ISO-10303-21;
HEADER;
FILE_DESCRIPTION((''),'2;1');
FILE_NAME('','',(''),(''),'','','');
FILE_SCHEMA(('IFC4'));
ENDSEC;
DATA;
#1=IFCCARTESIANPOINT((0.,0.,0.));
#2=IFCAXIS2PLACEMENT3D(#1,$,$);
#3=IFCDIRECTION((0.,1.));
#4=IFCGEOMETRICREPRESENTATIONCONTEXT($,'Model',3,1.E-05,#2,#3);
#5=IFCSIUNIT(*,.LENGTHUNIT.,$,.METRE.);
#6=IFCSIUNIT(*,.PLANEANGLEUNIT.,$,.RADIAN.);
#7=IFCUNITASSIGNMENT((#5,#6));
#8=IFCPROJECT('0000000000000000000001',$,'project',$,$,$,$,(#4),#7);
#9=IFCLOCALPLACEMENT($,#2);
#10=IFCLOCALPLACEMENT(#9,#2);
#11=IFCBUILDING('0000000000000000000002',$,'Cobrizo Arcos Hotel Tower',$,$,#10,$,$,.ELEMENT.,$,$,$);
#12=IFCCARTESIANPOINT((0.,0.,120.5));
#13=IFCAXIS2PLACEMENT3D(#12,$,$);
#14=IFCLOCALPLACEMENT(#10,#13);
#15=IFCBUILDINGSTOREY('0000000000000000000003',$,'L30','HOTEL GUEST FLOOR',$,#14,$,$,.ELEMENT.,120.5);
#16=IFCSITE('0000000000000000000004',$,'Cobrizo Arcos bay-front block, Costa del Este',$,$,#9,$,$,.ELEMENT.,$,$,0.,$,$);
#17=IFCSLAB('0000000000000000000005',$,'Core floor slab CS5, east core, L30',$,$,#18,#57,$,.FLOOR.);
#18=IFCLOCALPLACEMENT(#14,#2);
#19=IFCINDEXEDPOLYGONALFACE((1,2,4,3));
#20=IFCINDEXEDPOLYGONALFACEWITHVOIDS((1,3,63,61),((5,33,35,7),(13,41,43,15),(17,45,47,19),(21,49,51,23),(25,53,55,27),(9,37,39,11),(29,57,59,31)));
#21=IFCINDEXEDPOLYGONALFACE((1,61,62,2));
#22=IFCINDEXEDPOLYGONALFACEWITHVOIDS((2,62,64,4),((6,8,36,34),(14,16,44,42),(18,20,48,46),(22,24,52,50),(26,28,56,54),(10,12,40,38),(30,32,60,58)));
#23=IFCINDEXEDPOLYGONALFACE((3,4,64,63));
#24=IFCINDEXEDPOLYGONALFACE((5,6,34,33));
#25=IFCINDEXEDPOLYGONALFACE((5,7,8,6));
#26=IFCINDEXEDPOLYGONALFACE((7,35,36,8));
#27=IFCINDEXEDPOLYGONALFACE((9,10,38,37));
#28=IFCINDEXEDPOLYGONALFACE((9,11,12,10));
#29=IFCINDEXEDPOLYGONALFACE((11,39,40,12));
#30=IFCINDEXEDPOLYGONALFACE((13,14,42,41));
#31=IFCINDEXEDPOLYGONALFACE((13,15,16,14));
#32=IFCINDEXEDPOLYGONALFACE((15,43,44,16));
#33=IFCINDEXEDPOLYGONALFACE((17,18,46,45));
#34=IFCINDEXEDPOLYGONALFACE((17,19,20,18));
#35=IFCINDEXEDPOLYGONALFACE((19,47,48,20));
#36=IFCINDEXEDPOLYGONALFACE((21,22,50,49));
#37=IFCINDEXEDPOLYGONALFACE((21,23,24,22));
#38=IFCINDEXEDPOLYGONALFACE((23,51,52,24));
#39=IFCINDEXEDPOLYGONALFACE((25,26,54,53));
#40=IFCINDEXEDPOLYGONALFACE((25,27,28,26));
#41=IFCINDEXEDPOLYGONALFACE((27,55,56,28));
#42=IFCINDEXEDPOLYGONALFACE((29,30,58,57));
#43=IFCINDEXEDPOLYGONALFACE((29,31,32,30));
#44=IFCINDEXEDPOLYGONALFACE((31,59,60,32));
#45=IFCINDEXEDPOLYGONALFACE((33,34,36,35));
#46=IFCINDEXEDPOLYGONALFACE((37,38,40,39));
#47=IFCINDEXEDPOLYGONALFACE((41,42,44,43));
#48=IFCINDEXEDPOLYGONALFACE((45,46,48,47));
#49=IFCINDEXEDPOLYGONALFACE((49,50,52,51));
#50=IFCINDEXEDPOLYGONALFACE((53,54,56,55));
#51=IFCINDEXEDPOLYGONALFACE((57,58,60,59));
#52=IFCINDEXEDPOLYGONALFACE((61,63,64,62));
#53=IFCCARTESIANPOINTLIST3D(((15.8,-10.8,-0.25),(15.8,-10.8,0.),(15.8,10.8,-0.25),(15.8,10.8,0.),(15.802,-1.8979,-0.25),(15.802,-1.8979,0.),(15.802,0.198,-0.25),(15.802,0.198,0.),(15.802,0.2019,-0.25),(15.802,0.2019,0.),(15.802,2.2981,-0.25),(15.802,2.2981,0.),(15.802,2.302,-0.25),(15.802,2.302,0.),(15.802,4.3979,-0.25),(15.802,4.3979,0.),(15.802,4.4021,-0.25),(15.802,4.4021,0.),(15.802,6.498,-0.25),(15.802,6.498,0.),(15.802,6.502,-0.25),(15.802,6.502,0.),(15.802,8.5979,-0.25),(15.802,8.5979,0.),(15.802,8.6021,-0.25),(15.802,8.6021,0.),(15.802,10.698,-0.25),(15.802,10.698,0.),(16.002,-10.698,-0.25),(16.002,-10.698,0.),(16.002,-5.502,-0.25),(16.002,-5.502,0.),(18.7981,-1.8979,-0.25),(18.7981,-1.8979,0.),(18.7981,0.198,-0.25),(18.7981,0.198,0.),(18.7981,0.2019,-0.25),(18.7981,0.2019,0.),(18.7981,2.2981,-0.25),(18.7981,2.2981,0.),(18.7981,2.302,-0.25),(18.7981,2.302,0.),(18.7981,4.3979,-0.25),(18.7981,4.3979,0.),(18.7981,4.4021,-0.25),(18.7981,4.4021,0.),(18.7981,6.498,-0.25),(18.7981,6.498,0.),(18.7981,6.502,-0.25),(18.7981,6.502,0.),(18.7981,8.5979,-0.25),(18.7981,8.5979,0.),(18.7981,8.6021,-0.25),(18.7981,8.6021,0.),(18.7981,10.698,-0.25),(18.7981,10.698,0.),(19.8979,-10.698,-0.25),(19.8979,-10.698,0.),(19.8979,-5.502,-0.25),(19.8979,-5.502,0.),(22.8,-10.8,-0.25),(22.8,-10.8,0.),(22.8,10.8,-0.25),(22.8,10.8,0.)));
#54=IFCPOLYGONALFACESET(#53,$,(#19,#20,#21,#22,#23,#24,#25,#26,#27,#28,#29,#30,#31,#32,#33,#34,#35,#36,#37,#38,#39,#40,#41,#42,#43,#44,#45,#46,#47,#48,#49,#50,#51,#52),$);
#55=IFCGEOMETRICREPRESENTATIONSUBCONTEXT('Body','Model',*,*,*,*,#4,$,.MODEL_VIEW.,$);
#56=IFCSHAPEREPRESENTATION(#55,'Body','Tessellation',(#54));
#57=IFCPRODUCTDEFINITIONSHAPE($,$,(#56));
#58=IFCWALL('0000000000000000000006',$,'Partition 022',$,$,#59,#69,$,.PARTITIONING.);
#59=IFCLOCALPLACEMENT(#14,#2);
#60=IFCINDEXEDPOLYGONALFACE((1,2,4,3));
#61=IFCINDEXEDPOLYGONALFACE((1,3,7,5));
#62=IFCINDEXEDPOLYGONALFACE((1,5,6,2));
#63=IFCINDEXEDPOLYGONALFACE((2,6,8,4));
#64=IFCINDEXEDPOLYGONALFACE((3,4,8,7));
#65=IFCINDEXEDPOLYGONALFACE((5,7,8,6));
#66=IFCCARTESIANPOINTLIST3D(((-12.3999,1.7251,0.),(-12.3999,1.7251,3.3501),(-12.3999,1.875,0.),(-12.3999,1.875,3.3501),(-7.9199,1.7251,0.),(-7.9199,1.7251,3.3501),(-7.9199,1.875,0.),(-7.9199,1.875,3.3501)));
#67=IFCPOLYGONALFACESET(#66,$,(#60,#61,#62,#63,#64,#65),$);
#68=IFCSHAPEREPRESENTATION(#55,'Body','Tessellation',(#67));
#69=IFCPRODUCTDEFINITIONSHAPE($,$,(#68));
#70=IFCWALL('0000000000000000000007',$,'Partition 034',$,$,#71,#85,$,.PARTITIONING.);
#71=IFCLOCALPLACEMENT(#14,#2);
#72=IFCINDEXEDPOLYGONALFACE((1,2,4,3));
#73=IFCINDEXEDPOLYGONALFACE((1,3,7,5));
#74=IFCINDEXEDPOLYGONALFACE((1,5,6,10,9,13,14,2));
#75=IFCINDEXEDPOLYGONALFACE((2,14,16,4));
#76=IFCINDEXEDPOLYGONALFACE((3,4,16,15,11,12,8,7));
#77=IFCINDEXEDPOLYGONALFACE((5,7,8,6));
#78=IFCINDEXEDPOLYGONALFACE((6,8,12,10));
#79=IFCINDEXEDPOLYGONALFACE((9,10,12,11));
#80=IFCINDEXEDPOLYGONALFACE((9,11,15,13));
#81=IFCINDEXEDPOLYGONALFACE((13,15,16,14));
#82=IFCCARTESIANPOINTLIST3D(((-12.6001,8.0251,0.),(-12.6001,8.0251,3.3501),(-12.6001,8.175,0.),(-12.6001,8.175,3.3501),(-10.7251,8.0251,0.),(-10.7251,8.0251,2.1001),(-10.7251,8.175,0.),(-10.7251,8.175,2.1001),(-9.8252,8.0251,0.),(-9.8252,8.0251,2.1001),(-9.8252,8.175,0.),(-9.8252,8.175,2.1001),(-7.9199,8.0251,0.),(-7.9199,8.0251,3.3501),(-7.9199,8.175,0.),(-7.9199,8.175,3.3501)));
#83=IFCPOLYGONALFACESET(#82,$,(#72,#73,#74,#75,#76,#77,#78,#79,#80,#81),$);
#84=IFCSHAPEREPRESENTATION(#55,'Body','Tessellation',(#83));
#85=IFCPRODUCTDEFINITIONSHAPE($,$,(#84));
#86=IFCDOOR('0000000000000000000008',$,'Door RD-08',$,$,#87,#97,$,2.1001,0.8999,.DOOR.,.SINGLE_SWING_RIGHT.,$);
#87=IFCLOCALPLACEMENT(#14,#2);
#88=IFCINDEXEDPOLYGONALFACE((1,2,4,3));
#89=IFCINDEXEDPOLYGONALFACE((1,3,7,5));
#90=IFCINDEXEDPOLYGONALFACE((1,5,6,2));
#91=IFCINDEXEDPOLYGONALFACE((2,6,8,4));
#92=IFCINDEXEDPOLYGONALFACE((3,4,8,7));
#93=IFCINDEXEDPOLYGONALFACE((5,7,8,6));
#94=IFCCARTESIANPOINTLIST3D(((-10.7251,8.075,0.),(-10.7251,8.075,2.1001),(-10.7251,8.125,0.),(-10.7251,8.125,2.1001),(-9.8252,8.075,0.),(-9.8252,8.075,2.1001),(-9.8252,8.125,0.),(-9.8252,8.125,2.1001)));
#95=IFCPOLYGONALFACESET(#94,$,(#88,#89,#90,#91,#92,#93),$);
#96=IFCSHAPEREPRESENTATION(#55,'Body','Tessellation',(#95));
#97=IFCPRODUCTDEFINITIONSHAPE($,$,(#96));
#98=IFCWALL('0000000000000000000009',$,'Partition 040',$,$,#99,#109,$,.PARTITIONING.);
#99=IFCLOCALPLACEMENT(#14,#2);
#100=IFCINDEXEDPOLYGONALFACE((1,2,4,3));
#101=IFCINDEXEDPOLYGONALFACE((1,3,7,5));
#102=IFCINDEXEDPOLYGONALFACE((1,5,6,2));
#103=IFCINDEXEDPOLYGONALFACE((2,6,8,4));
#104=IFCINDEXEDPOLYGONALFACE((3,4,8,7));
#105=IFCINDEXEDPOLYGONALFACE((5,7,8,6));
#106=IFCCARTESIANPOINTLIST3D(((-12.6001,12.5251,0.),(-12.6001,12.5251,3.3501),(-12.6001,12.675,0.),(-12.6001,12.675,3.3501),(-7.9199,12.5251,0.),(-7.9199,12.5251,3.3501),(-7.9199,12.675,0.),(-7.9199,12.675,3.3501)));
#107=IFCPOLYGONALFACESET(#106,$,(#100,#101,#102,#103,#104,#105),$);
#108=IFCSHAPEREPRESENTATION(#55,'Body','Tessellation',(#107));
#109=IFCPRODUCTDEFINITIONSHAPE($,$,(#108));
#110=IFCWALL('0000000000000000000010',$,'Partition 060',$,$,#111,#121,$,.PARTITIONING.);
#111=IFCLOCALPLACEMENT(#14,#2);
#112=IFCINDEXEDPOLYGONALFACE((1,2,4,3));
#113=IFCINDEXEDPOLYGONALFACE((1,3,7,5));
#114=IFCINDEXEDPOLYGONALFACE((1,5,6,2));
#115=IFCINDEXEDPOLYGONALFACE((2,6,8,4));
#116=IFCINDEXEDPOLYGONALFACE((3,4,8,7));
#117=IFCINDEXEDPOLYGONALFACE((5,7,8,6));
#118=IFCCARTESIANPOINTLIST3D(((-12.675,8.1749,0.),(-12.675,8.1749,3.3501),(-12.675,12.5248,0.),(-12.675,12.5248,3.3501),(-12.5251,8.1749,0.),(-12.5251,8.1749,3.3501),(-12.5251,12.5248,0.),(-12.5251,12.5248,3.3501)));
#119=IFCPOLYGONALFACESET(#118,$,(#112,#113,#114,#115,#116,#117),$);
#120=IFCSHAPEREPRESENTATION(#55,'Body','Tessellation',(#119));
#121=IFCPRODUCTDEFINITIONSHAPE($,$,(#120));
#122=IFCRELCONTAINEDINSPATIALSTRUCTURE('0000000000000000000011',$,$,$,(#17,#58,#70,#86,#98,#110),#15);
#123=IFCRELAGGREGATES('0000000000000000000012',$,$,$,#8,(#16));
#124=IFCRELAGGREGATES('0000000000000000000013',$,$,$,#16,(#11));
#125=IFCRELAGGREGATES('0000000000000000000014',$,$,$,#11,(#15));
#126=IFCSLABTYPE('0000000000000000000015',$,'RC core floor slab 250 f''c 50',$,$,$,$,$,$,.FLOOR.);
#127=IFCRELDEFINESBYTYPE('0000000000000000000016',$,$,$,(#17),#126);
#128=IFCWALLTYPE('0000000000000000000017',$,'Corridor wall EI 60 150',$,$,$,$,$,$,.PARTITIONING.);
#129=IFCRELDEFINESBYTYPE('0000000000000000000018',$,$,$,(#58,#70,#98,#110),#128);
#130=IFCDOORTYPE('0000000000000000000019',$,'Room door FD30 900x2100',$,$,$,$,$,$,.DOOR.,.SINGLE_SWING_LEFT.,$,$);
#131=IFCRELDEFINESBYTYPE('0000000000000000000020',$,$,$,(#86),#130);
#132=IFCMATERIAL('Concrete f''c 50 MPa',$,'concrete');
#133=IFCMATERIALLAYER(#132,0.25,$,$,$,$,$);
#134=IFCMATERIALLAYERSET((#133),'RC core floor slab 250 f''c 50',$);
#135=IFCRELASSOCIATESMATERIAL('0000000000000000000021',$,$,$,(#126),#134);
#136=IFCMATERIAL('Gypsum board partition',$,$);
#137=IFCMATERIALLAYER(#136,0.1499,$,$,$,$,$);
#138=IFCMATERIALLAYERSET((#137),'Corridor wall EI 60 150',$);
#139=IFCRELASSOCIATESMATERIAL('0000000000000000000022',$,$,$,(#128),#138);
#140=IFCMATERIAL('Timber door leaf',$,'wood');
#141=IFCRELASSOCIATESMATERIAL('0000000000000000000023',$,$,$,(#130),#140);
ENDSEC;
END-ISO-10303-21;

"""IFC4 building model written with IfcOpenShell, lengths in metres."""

from ifc_helpers import new_model, si_unit, direction, frame, frame_2d, origin, place, context, subcontext, project, spatial, polyline, rectangle, outline, extrude, material, layer, layer_set, type_object, element, fill, save


model = new_model("IFC4")

# Units and contexts
model_context = context("Model", 3, precision=1e-05, world=origin(), true_north=direction((0.0, 1.0)))
body_context = subcontext(model_context, "Body", "Model", "MODEL_VIEW")
ifc_project = project(units=[si_unit("LENGTHUNIT", "METRE"), si_unit("PLANEANGLEUNIT", "RADIAN")], contexts=[model_context])

# Site, building, storey
site_placement = place(None, origin())
site = spatial("IfcSite", under=ifc_project, at=site_placement, Name="Cobrizo Arcos bay-front block, Costa del Este", CompositionType="ELEMENT", RefElevation=0.0)
building_placement = place(site_placement, origin())
building = spatial("IfcBuilding", under=site, at=building_placement, Name="Cobrizo Arcos Hotel Tower", CompositionType="ELEMENT")
storey_placement = place(building_placement, frame((0.0, 0.0, 120.5)))
storey = spatial("IfcBuildingStorey", under=building, at=storey_placement, Name="L30", Description="HOTEL GUEST FLOOR", CompositionType="ELEMENT", Elevation=120.5)

# Slab
ifc_material_1 = material(Name="Concrete f'c 50 MPa", Category="concrete")
ifc_layer_1 = layer(ifc_material_1, 0.25)
ifc_layer_set_1 = layer_set([ifc_layer_1], Name="RC core floor slab 250 f'c 50")
slab_type = type_object("IfcSlabType", Name="RC core floor slab 250 f'c 50", PredefinedType="FLOOR", material=ifc_layer_set_1)
slab_placement = place(storey_placement, frame((0.0, 0.0, -0.25)))
element("IfcSlab", 1, at=slab_placement, inside=storey, type_object=slab_type, Name="Core floor slab CS5, east core, L30", PredefinedType="FLOOR", context=body_context, shape_type="SweptSolid", body=[
    extrude(outline(polyline([(15.8, 10.8), (22.8, 10.8), (22.8, -10.8), (15.8, -10.8), (15.8, 10.8)]), holes=[polyline([(19.8979, -10.698), (19.8979, -5.502), (16.002, -5.502), (16.002, -10.698), (19.8979, -10.698)]), polyline([(15.802, 0.198), (15.802, -1.8979), (18.7981, -1.8979), (18.7981, 0.198), (15.802, 0.198)]), polyline([(18.7981, 2.2981), (15.802, 2.2981), (15.802, 0.2019), (18.7981, 0.2019), (18.7981, 2.2981)]), polyline([(18.7981, 4.3979), (15.802, 4.3979), (15.802, 2.302), (18.7981, 2.302), (18.7981, 4.3979)]), polyline([(15.802, 6.498), (15.802, 4.4021), (18.7981, 4.4021), (18.7981, 6.498), (15.802, 6.498)]), polyline([(18.7981, 8.5979), (15.802, 8.5979), (15.802, 6.502), (18.7981, 6.502), (18.7981, 8.5979)]), polyline([(18.7981, 10.698), (15.802, 10.698), (15.802, 8.6021), (18.7981, 8.6021), (18.7981, 10.698)])]), origin(), (0.0, 0.0, 1.0), 0.25),
])

# Wall
ifc_material_2 = material(Name="Gypsum board partition")
ifc_layer_2 = layer(ifc_material_2, 0.1499)
ifc_layer_set_2 = layer_set([ifc_layer_2], Name="Corridor wall EI 60 150")
wall_type = type_object("IfcWallType", Name="Corridor wall EI 60 150", PredefinedType="PARTITIONING", material=ifc_layer_set_2)
wall_1_placement = place(storey_placement, frame((-12.3999, 1.8, 0.0), z_axis=(0.0, 0.0, 1.0), x_axis=(1.0, 0.0, 0.0)))
element("IfcWall", 2, at=wall_1_placement, inside=storey, type_object=wall_type, Name="Partition 022", PredefinedType="PARTITIONING", context=body_context, shape_type="SweptSolid", body=[
    extrude(rectangle(XDim=4.48, YDim=0.1499, at=frame_2d((2.24, 0.0))), origin(), (0.0, 0.0, 1.0), 3.3501),
])

# Wall, opening, door
wall_2_placement = place(storey_placement, frame((-12.6001, 8.1001, 0.0), z_axis=(0.0, 0.0, 1.0), x_axis=(1.0, 0.0, 0.0)))
wall_2 = element("IfcWall", 3, at=wall_2_placement, inside=storey, type_object=wall_type, Name="Partition 034", PredefinedType="PARTITIONING", context=body_context, shape_type="SweptSolid", body=[
    extrude(rectangle(XDim=4.6802, YDim=0.1499, at=frame_2d((2.3401, 0.0))), origin(), (0.0, 0.0, 1.0), 3.3501),
])
opening_placement = place(wall_2_placement, frame((1.875, 0.0, 0.0)))
opening = element("IfcOpeningElement", 4, at=opening_placement, cuts=wall_2, PredefinedType="OPENING", context=body_context, shape_type="SweptSolid", body=[
    extrude(rectangle(XDim=0.8999, YDim=2.1001, at=frame_2d((0.45, 1.05))), frame((0.0, 0.0869, 0.0), z_axis=(0.0, -1.0, 0.0), x_axis=(1.0, 0.0, 0.0)), (0.0, 0.0, 1.0), 0.1738),
])
ifc_material_3 = material(Name="Timber door leaf", Category="wood")
door_type = type_object("IfcDoorType", Name="Room door FD30 900x2100", OperationType="SINGLE_SWING_LEFT", PredefinedType="DOOR", material=ifc_material_3)
door_placement = place(opening_placement, origin())
door = element("IfcDoor", 5, at=door_placement, inside=storey, type_object=door_type, Name="Door RD-08", OperationType="SINGLE_SWING_RIGHT", OverallHeight=2.1001, OverallWidth=0.8999, PredefinedType="DOOR", context=body_context, shape_type="SweptSolid", body=[
    extrude(rectangle(XDim=0.8999, YDim=2.1001, at=frame_2d((0.45, 1.05))), frame((0.0, 0.0249, 0.0), z_axis=(0.0, -1.0, 0.0), x_axis=(1.0, 0.0, 0.0)), (0.0, 0.0, 1.0), 0.05),
])
fill(opening, door)

# Walls
wall_3_placement = place(storey_placement, frame((-12.6001, 12.6001, 0.0), z_axis=(0.0, 0.0, 1.0), x_axis=(1.0, 0.0, 0.0)))
element("IfcWall", 6, at=wall_3_placement, inside=storey, type_object=wall_type, Name="Partition 040", PredefinedType="PARTITIONING", context=body_context, shape_type="SweptSolid", body=[
    extrude(rectangle(XDim=4.6802, YDim=0.1499, at=frame_2d((2.3401, 0.0))), origin(), (0.0, 0.0, 1.0), 3.3501),
])
wall_4_placement = place(storey_placement, frame((-12.6001, 8.175, 0.0), z_axis=(0.0, 0.0, 1.0), x_axis=(0.0, 1.0, 0.0)))
element("IfcWall", 7, at=wall_4_placement, inside=storey, type_object=wall_type, Name="Partition 060", PredefinedType="PARTITIONING", context=body_context, shape_type="SweptSolid", body=[
    extrude(rectangle(XDim=4.3499, YDim=0.1499, at=frame_2d((2.1748, 0.0))), origin(), (0.0, 0.0, 1.0), 3.3501),
])

save(model, "model.ifc")
